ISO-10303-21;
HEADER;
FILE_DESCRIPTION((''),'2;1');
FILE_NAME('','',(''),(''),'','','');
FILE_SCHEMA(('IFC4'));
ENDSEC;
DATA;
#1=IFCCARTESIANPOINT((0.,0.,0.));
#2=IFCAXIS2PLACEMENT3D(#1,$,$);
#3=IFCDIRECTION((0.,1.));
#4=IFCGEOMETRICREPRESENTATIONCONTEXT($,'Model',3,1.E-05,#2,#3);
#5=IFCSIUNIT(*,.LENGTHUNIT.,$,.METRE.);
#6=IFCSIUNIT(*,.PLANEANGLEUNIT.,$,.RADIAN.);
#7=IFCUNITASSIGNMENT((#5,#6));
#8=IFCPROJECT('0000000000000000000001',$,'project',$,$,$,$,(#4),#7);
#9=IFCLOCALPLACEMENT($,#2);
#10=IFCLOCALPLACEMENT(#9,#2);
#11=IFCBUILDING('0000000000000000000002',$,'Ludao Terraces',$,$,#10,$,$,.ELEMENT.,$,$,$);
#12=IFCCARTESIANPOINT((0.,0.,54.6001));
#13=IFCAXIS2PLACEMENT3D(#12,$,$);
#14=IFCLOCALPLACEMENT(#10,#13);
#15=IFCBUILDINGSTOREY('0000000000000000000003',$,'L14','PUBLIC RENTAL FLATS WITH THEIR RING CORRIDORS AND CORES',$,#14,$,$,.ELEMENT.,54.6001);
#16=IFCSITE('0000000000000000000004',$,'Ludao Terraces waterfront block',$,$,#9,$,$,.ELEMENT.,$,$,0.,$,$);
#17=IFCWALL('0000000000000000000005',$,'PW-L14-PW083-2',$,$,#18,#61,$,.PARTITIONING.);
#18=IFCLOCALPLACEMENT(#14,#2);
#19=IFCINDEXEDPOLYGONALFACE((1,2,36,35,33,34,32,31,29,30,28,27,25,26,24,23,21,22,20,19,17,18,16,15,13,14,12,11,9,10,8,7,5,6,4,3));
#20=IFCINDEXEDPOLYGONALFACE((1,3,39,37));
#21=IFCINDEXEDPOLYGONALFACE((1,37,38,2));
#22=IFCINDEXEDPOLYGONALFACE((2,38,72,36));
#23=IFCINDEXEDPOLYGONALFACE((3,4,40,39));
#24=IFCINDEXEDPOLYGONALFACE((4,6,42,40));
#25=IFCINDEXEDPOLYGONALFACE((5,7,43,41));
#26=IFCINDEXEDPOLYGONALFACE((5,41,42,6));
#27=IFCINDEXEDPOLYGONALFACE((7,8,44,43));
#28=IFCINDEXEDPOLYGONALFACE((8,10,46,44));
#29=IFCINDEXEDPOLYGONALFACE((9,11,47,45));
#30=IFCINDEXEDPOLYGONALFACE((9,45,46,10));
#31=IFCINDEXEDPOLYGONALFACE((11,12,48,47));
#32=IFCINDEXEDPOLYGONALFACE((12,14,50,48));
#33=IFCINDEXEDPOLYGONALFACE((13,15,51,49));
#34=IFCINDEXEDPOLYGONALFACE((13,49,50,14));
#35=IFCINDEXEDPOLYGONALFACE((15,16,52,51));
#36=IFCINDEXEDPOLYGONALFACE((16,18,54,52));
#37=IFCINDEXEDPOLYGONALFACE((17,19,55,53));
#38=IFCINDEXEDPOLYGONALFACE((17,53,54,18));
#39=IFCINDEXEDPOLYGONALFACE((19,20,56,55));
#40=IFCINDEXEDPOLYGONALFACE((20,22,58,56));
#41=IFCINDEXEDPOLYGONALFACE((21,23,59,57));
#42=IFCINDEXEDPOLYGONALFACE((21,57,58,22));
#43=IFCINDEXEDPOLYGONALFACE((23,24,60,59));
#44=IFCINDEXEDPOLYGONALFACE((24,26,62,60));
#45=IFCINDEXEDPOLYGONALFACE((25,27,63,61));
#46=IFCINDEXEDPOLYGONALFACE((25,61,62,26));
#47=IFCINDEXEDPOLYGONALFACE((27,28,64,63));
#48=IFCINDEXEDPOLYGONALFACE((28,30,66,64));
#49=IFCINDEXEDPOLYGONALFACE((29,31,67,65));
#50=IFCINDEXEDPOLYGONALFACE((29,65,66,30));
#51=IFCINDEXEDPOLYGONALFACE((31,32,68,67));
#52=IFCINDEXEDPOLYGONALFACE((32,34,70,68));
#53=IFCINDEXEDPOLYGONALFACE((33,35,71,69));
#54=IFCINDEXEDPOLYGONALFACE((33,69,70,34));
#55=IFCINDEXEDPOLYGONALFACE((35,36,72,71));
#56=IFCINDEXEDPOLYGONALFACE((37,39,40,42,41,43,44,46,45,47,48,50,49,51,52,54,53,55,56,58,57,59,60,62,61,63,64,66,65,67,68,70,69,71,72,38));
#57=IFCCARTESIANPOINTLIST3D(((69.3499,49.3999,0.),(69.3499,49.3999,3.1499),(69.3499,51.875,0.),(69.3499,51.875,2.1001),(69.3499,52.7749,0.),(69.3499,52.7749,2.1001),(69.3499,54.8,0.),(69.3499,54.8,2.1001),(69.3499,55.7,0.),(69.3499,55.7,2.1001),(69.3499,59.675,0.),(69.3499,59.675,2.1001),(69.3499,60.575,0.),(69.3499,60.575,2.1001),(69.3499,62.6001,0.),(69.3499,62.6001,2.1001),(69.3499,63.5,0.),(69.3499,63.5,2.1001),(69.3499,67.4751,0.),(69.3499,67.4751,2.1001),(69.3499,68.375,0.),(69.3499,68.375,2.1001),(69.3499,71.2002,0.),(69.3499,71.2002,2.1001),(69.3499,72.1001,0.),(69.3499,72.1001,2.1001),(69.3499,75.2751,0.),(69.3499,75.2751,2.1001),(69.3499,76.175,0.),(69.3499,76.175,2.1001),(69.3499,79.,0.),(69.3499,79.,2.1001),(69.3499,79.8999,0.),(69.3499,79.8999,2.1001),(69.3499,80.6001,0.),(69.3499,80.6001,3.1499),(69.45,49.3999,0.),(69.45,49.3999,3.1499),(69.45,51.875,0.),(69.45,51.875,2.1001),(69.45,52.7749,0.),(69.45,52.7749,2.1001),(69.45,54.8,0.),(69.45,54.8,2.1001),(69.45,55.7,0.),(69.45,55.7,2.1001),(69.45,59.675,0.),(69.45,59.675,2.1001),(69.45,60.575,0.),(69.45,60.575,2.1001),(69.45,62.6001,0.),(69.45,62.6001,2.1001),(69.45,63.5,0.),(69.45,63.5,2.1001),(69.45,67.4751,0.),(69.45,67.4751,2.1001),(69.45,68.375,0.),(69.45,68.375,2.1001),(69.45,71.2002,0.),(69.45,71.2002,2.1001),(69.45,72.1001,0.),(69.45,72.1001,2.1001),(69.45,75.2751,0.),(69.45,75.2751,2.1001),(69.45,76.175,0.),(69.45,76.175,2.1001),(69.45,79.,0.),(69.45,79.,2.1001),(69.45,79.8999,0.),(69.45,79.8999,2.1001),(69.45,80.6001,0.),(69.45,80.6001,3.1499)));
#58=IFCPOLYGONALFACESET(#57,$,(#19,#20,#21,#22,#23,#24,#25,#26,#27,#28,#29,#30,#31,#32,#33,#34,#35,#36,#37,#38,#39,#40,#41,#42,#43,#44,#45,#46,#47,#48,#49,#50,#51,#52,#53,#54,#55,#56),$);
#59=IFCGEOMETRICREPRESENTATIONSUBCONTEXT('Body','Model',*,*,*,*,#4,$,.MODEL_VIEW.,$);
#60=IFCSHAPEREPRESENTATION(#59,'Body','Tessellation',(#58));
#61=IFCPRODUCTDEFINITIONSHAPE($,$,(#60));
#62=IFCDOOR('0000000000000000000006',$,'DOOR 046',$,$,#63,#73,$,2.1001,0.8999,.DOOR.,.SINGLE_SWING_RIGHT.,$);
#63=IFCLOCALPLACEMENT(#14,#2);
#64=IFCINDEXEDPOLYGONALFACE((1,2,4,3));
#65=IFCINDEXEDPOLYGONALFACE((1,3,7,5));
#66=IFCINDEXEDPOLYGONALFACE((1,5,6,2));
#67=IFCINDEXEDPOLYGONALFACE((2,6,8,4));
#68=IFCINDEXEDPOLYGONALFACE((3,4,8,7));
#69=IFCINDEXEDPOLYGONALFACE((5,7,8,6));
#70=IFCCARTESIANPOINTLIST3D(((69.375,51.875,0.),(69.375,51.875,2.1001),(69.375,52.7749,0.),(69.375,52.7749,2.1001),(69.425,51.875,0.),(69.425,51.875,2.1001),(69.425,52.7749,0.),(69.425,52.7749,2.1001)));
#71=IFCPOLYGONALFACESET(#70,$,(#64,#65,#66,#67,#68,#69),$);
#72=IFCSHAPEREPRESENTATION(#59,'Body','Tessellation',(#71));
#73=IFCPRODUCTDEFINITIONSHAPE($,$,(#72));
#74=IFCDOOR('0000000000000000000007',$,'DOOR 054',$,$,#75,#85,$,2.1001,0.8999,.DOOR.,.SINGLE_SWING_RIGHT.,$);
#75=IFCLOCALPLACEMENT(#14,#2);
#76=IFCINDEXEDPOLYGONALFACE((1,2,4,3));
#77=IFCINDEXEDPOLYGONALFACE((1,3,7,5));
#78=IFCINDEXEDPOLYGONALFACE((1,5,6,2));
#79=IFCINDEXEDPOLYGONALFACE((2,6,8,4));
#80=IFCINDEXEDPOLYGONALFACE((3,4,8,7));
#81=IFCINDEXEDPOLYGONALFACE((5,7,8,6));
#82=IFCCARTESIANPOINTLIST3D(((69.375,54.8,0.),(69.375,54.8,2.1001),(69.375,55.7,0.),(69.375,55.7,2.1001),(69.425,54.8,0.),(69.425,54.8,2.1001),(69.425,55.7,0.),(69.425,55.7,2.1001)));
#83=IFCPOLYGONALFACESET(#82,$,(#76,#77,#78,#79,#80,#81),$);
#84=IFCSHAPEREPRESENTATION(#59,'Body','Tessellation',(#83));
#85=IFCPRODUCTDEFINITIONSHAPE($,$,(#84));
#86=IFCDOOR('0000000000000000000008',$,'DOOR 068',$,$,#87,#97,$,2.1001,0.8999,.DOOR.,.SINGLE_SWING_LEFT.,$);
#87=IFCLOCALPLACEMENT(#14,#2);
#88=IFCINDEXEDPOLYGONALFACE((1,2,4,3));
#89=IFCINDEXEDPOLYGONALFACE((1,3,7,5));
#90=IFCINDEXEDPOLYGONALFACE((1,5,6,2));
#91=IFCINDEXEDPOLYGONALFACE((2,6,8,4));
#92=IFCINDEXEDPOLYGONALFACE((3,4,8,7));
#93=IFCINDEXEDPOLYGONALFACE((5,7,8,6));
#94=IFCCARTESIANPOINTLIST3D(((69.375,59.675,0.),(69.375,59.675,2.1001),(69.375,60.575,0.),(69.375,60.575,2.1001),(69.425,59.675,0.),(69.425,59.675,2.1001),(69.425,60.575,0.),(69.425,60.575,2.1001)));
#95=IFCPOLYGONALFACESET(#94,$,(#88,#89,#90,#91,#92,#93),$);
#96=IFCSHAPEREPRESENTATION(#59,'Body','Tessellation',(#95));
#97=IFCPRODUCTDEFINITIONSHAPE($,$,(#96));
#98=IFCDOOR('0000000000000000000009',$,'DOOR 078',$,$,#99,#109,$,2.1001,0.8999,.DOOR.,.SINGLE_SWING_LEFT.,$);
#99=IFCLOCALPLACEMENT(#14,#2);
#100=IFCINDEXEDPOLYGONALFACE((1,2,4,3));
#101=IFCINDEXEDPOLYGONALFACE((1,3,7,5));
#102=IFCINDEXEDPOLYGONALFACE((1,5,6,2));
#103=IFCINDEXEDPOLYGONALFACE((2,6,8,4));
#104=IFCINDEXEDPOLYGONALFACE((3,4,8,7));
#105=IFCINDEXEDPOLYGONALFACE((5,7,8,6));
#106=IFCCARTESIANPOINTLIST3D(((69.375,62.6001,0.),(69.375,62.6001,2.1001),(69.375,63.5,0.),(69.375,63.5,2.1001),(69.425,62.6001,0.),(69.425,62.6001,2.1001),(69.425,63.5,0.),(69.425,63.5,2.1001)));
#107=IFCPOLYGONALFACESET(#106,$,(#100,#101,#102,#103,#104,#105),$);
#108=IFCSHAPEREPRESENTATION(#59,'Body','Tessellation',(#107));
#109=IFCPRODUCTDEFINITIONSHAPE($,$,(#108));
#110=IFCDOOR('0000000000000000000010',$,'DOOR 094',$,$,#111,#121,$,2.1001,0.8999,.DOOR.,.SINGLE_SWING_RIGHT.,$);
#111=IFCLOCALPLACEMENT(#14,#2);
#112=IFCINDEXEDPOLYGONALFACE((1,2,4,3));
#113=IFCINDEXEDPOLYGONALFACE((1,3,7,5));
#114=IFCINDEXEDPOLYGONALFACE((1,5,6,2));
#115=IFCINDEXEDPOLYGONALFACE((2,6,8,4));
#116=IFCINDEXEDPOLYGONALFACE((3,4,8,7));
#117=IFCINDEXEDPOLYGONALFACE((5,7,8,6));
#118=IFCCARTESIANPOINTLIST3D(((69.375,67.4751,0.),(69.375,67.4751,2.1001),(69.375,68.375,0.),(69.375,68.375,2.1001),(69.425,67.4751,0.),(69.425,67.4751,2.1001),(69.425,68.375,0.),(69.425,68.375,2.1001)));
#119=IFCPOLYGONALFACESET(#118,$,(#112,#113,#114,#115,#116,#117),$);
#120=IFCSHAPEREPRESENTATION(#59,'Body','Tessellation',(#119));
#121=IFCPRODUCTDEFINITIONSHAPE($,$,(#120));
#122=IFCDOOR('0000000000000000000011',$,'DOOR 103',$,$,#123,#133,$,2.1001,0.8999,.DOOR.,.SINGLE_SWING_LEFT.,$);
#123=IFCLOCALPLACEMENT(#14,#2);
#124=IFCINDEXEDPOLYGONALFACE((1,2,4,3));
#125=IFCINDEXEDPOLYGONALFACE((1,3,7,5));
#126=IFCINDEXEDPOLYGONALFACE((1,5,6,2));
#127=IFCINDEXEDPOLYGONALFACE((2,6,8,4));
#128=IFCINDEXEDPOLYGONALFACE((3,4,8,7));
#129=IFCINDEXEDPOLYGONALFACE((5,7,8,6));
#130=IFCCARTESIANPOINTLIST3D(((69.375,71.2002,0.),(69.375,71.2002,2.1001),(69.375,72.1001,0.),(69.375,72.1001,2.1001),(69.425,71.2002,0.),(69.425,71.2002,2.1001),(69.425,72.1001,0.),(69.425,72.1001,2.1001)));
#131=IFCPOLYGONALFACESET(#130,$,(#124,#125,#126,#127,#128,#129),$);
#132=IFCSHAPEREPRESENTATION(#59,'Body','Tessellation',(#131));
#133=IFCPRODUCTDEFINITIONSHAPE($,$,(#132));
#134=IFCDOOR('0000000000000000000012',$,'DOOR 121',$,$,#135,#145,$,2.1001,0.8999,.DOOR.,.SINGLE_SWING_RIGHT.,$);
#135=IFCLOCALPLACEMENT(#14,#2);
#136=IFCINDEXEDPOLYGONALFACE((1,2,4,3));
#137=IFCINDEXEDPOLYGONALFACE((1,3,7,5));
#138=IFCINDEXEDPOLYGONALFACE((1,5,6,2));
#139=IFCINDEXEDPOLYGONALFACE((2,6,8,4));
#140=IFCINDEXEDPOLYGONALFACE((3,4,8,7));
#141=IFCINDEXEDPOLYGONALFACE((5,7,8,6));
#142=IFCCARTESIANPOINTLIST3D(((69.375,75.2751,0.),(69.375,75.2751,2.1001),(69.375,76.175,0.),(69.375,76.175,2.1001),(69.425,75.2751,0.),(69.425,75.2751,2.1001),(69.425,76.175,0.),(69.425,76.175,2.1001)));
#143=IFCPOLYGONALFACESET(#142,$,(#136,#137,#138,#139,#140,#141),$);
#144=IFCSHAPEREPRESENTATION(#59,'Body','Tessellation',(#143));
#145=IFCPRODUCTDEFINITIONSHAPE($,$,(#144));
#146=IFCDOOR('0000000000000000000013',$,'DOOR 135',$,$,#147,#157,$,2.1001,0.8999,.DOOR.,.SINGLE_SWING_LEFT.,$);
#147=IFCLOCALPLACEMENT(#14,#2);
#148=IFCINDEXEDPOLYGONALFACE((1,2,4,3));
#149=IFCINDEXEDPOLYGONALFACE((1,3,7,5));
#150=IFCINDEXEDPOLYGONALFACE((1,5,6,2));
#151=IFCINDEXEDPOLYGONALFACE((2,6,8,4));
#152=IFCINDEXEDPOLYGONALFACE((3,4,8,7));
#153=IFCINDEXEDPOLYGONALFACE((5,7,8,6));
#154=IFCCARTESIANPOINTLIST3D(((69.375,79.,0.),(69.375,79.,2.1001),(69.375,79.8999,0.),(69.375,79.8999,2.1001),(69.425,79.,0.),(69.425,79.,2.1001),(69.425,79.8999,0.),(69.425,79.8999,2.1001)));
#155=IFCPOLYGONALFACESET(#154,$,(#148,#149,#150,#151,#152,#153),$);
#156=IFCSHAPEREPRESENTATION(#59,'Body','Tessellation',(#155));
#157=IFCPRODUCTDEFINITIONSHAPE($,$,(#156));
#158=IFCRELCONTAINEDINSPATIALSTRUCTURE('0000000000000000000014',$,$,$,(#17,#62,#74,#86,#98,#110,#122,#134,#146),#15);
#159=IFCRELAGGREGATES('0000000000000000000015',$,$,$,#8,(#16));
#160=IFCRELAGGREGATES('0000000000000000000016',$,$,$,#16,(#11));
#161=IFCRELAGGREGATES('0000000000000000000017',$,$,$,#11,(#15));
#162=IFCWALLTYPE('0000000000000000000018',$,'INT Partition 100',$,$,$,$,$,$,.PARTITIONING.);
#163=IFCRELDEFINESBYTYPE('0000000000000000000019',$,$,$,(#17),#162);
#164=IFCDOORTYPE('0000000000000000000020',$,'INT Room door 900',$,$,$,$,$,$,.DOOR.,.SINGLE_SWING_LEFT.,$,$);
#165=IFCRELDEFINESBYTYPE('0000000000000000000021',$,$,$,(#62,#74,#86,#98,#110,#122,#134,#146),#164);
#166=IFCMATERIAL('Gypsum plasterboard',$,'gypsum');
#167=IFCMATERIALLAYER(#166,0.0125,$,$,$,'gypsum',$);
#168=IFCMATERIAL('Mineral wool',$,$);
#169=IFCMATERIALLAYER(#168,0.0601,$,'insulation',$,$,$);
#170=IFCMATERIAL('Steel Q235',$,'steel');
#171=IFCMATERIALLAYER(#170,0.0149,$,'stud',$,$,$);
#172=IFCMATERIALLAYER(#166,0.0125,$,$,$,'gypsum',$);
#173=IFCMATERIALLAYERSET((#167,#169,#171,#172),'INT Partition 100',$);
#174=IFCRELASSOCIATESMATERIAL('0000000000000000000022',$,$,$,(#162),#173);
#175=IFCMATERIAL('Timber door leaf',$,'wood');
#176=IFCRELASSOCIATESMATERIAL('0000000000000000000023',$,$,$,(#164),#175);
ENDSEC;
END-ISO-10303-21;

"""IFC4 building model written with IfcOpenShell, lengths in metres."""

from ifc_helpers import new_model, si_unit, direction, frame, frame_2d, origin, place, context, subcontext, project, spatial, rectangle, extrude, material, layer, layer_set, type_object, element, fill, save


model = new_model("IFC4")

# Units and contexts
model_context = context("Model", 3, precision=1e-05, world=origin(), true_north=direction((0.0, 1.0)))
body_context = subcontext(model_context, "Body", "Model", "MODEL_VIEW")
ifc_project = project(units=[si_unit("LENGTHUNIT", "METRE"), si_unit("PLANEANGLEUNIT", "RADIAN")], contexts=[model_context])

# Site, building, storey
site_placement = place(None, origin())
site = spatial("IfcSite", under=ifc_project, at=site_placement, Name="Ludao Terraces waterfront block", CompositionType="ELEMENT", RefElevation=0.0)
building_placement = place(site_placement, origin())
building = spatial("IfcBuilding", under=site, at=building_placement, Name="Ludao Terraces", CompositionType="ELEMENT")
storey_placement = place(building_placement, frame((0.0, 0.0, 54.6001)))
storey = spatial("IfcBuildingStorey", under=building, at=storey_placement, Name="L14", Description="PUBLIC RENTAL FLATS WITH THEIR RING CORRIDORS AND CORES", CompositionType="ELEMENT", Elevation=54.6001)

# Shared definitions
ifc_material_1 = material(Name="Gypsum plasterboard", Category="gypsum")
ifc_layer_1 = layer(ifc_material_1, 0.0125, Category="gypsum")
ifc_material_2 = material(Name="Mineral wool")
ifc_layer_2 = layer(ifc_material_2, 0.0601, Name="insulation")
ifc_material_3 = material(Name="Steel Q235", Category="steel")
ifc_layer_3 = layer(ifc_material_3, 0.0149, Name="stud")
ifc_layer_4 = layer(ifc_material_1, 0.0125, Category="gypsum")
ifc_layer_set = layer_set([ifc_layer_1, ifc_layer_2, ifc_layer_3, ifc_layer_4], Name="INT Partition 100")
wall_type = type_object("IfcWallType", Name="INT Partition 100", PredefinedType="PARTITIONING", material=ifc_layer_set)

# Wall, openings, doors
wall_placement = place(storey_placement, frame((69.3999, 49.3999, 0.0), z_axis=(0.0, 0.0, 1.0), x_axis=(0.0, 1.0, 0.0)))
wall = element("IfcWall", 1, at=wall_placement, inside=storey, type_object=wall_type, Name="PW-L14-PW083-2", PredefinedType="PARTITIONING", context=body_context, shape_type="SweptSolid", body=[
    extrude(rectangle(XDim=31.2002, YDim=0.1001, at=frame_2d((15.6001, 0.0))), origin(), (0.0, 0.0, 1.0), 3.1499),
])
opening_1_placement = place(wall_placement, frame((2.4751, 0.0, 0.0)))
opening_1 = element("IfcOpeningElement", 2, at=opening_1_placement, cuts=wall, PredefinedType="OPENING", context=body_context, shape_type="SweptSolid", body=[
    extrude(rectangle(XDim=0.8999, YDim=2.1001, at=frame_2d((0.45, 1.05))), frame((0.0, 0.0601, 0.0), z_axis=(0.0, -1.0, 0.0), x_axis=(1.0, 0.0, 0.0)), (0.0, 0.0, 1.0), 0.1201),
])
opening_2_placement = place(wall_placement, frame((5.4001, 0.0, 0.0)))
opening_2 = element("IfcOpeningElement", 3, at=opening_2_placement, cuts=wall, PredefinedType="OPENING", context=body_context, shape_type="SweptSolid", body=[
    extrude(rectangle(XDim=0.8999, YDim=2.1001, at=frame_2d((0.45, 1.05))), frame((0.0, 0.0601, 0.0), z_axis=(0.0, -1.0, 0.0), x_axis=(1.0, 0.0, 0.0)), (0.0, 0.0, 1.0), 0.1201),
])
opening_3_placement = place(wall_placement, frame((10.2751, 0.0, 0.0)))
opening_3 = element("IfcOpeningElement", 4, at=opening_3_placement, cuts=wall, PredefinedType="OPENING", context=body_context, shape_type="SweptSolid", body=[
    extrude(rectangle(XDim=0.8999, YDim=2.1001, at=frame_2d((0.45, 1.05))), frame((0.0, 0.0601, 0.0), z_axis=(0.0, -1.0, 0.0), x_axis=(1.0, 0.0, 0.0)), (0.0, 0.0, 1.0), 0.1201),
])
opening_4_placement = place(wall_placement, frame((13.2002, 0.0, 0.0)))
opening_4 = element("IfcOpeningElement", 5, at=opening_4_placement, cuts=wall, PredefinedType="OPENING", context=body_context, shape_type="SweptSolid", body=[
    extrude(rectangle(XDim=0.8999, YDim=2.1001, at=frame_2d((0.45, 1.05))), frame((0.0, 0.0601, 0.0), z_axis=(0.0, -1.0, 0.0), x_axis=(1.0, 0.0, 0.0)), (0.0, 0.0, 1.0), 0.1201),
])
opening_5_placement = place(wall_placement, frame((18.0752, 0.0, 0.0)))
opening_5 = element("IfcOpeningElement", 6, at=opening_5_placement, cuts=wall, PredefinedType="OPENING", context=body_context, shape_type="SweptSolid", body=[
    extrude(rectangle(XDim=0.8999, YDim=2.1001, at=frame_2d((0.45, 1.05))), frame((0.0, 0.0601, 0.0), z_axis=(0.0, -1.0, 0.0), x_axis=(1.0, 0.0, 0.0)), (0.0, 0.0, 1.0), 0.1201),
])
opening_6_placement = place(wall_placement, frame((21.8003, 0.0, 0.0)))
opening_6 = element("IfcOpeningElement", 7, at=opening_6_placement, cuts=wall, PredefinedType="OPENING", context=body_context, shape_type="SweptSolid", body=[
    extrude(rectangle(XDim=0.8999, YDim=2.1001, at=frame_2d((0.45, 1.05))), frame((0.0, 0.0601, 0.0), z_axis=(0.0, -1.0, 0.0), x_axis=(1.0, 0.0, 0.0)), (0.0, 0.0, 1.0), 0.1201),
])
opening_7_placement = place(wall_placement, frame((25.8752, 0.0, 0.0)))
opening_7 = element("IfcOpeningElement", 8, at=opening_7_placement, cuts=wall, PredefinedType="OPENING", context=body_context, shape_type="SweptSolid", body=[
    extrude(rectangle(XDim=0.8999, YDim=2.1001, at=frame_2d((0.45, 1.05))), frame((0.0, 0.0601, 0.0), z_axis=(0.0, -1.0, 0.0), x_axis=(1.0, 0.0, 0.0)), (0.0, 0.0, 1.0), 0.1201),
])
opening_8_placement = place(wall_placement, frame((29.6001, 0.0, 0.0)))
opening_8 = element("IfcOpeningElement", 9, at=opening_8_placement, cuts=wall, PredefinedType="OPENING", context=body_context, shape_type="SweptSolid", body=[
    extrude(rectangle(XDim=0.8999, YDim=2.1001, at=frame_2d((0.45, 1.05))), frame((0.0, 0.0601, 0.0), z_axis=(0.0, -1.0, 0.0), x_axis=(1.0, 0.0, 0.0)), (0.0, 0.0, 1.0), 0.1201),
])
ifc_material_4 = material(Name="Timber door leaf", Category="wood")
door_type = type_object("IfcDoorType", Name="INT Room door 900", OperationType="SINGLE_SWING_LEFT", PredefinedType="DOOR", material=ifc_material_4)
door_1_placement = place(opening_1_placement, origin())
door_1 = element("IfcDoor", 10, at=door_1_placement, inside=storey, type_object=door_type, Name="DOOR 046", OperationType="SINGLE_SWING_RIGHT", OverallHeight=2.1001, OverallWidth=0.8999, PredefinedType="DOOR", context=body_context, shape_type="SweptSolid", body=[
    extrude(rectangle(XDim=0.8999, YDim=2.1001, at=frame_2d((0.45, 1.05))), frame((0.0, 0.0249, 0.0), z_axis=(0.0, -1.0, 0.0), x_axis=(1.0, 0.0, 0.0)), (0.0, 0.0, 1.0), 0.05),
])
fill(opening_1, door_1)
door_2_placement = place(opening_2_placement, origin())
door_2 = element("IfcDoor", 11, at=door_2_placement, inside=storey, type_object=door_type, Name="DOOR 054", OperationType="SINGLE_SWING_RIGHT", OverallHeight=2.1001, OverallWidth=0.8999, PredefinedType="DOOR", context=body_context, shape_type="SweptSolid", body=[
    extrude(rectangle(XDim=0.8999, YDim=2.1001, at=frame_2d((0.45, 1.05))), frame((0.0, 0.0249, 0.0), z_axis=(0.0, -1.0, 0.0), x_axis=(1.0, 0.0, 0.0)), (0.0, 0.0, 1.0), 0.05),
])
fill(opening_2, door_2)
door_3_placement = place(opening_3_placement, origin())
door_3 = element("IfcDoor", 12, at=door_3_placement, inside=storey, type_object=door_type, Name="DOOR 068", OperationType="SINGLE_SWING_LEFT", OverallHeight=2.1001, OverallWidth=0.8999, PredefinedType="DOOR", context=body_context, shape_type="SweptSolid", body=[
    extrude(rectangle(XDim=0.8999, YDim=2.1001, at=frame_2d((0.45, 1.05))), frame((0.0, 0.0249, 0.0), z_axis=(0.0, -1.0, 0.0), x_axis=(1.0, 0.0, 0.0)), (0.0, 0.0, 1.0), 0.05),
])
fill(opening_3, door_3)
door_4_placement = place(opening_4_placement, origin())
door_4 = element("IfcDoor", 13, at=door_4_placement, inside=storey, type_object=door_type, Name="DOOR 078", OperationType="SINGLE_SWING_LEFT", OverallHeight=2.1001, OverallWidth=0.8999, PredefinedType="DOOR", context=body_context, shape_type="SweptSolid", body=[
    extrude(rectangle(XDim=0.8999, YDim=2.1001, at=frame_2d((0.45, 1.05))), frame((0.0, 0.0249, 0.0), z_axis=(0.0, -1.0, 0.0), x_axis=(1.0, 0.0, 0.0)), (0.0, 0.0, 1.0), 0.05),
])
fill(opening_4, door_4)
door_5_placement = place(opening_5_placement, origin())
door_5 = element("IfcDoor", 14, at=door_5_placement, inside=storey, type_object=door_type, Name="DOOR 094", OperationType="SINGLE_SWING_RIGHT", OverallHeight=2.1001, OverallWidth=0.8999, PredefinedType="DOOR", context=body_context, shape_type="SweptSolid", body=[
    extrude(rectangle(XDim=0.8999, YDim=2.1001, at=frame_2d((0.45, 1.05))), frame((0.0, 0.0249, 0.0), z_axis=(0.0, -1.0, 0.0), x_axis=(1.0, 0.0, 0.0)), (0.0, 0.0, 1.0), 0.05),
])
fill(opening_5, door_5)
door_6_placement = place(opening_6_placement, origin())
door_6 = element("IfcDoor", 15, at=door_6_placement, inside=storey, type_object=door_type, Name="DOOR 103", OperationType="SINGLE_SWING_LEFT", OverallHeight=2.1001, OverallWidth=0.8999, PredefinedType="DOOR", context=body_context, shape_type="SweptSolid", body=[
    extrude(rectangle(XDim=0.8999, YDim=2.1001, at=frame_2d((0.45, 1.05))), frame((0.0, 0.0249, 0.0), z_axis=(0.0, -1.0, 0.0), x_axis=(1.0, 0.0, 0.0)), (0.0, 0.0, 1.0), 0.05),
])
fill(opening_6, door_6)
door_7_placement = place(opening_7_placement, origin())
door_7 = element("IfcDoor", 16, at=door_7_placement, inside=storey, type_object=door_type, Name="DOOR 121", OperationType="SINGLE_SWING_RIGHT", OverallHeight=2.1001, OverallWidth=0.8999, PredefinedType="DOOR", context=body_context, shape_type="SweptSolid", body=[
    extrude(rectangle(XDim=0.8999, YDim=2.1001, at=frame_2d((0.45, 1.05))), frame((0.0, 0.0249, 0.0), z_axis=(0.0, -1.0, 0.0), x_axis=(1.0, 0.0, 0.0)), (0.0, 0.0, 1.0), 0.05),
])
fill(opening_7, door_7)
door_8_placement = place(opening_8_placement, origin())
door_8 = element("IfcDoor", 17, at=door_8_placement, inside=storey, type_object=door_type, Name="DOOR 135", OperationType="SINGLE_SWING_LEFT", OverallHeight=2.1001, OverallWidth=0.8999, PredefinedType="DOOR", context=body_context, shape_type="SweptSolid", body=[
    extrude(rectangle(XDim=0.8999, YDim=2.1001, at=frame_2d((0.45, 1.05))), frame((0.0, 0.0249, 0.0), z_axis=(0.0, -1.0, 0.0), x_axis=(1.0, 0.0, 0.0)), (0.0, 0.0, 1.0), 0.05),
])
fill(opening_8, door_8)

save(model, "model.ifc")
